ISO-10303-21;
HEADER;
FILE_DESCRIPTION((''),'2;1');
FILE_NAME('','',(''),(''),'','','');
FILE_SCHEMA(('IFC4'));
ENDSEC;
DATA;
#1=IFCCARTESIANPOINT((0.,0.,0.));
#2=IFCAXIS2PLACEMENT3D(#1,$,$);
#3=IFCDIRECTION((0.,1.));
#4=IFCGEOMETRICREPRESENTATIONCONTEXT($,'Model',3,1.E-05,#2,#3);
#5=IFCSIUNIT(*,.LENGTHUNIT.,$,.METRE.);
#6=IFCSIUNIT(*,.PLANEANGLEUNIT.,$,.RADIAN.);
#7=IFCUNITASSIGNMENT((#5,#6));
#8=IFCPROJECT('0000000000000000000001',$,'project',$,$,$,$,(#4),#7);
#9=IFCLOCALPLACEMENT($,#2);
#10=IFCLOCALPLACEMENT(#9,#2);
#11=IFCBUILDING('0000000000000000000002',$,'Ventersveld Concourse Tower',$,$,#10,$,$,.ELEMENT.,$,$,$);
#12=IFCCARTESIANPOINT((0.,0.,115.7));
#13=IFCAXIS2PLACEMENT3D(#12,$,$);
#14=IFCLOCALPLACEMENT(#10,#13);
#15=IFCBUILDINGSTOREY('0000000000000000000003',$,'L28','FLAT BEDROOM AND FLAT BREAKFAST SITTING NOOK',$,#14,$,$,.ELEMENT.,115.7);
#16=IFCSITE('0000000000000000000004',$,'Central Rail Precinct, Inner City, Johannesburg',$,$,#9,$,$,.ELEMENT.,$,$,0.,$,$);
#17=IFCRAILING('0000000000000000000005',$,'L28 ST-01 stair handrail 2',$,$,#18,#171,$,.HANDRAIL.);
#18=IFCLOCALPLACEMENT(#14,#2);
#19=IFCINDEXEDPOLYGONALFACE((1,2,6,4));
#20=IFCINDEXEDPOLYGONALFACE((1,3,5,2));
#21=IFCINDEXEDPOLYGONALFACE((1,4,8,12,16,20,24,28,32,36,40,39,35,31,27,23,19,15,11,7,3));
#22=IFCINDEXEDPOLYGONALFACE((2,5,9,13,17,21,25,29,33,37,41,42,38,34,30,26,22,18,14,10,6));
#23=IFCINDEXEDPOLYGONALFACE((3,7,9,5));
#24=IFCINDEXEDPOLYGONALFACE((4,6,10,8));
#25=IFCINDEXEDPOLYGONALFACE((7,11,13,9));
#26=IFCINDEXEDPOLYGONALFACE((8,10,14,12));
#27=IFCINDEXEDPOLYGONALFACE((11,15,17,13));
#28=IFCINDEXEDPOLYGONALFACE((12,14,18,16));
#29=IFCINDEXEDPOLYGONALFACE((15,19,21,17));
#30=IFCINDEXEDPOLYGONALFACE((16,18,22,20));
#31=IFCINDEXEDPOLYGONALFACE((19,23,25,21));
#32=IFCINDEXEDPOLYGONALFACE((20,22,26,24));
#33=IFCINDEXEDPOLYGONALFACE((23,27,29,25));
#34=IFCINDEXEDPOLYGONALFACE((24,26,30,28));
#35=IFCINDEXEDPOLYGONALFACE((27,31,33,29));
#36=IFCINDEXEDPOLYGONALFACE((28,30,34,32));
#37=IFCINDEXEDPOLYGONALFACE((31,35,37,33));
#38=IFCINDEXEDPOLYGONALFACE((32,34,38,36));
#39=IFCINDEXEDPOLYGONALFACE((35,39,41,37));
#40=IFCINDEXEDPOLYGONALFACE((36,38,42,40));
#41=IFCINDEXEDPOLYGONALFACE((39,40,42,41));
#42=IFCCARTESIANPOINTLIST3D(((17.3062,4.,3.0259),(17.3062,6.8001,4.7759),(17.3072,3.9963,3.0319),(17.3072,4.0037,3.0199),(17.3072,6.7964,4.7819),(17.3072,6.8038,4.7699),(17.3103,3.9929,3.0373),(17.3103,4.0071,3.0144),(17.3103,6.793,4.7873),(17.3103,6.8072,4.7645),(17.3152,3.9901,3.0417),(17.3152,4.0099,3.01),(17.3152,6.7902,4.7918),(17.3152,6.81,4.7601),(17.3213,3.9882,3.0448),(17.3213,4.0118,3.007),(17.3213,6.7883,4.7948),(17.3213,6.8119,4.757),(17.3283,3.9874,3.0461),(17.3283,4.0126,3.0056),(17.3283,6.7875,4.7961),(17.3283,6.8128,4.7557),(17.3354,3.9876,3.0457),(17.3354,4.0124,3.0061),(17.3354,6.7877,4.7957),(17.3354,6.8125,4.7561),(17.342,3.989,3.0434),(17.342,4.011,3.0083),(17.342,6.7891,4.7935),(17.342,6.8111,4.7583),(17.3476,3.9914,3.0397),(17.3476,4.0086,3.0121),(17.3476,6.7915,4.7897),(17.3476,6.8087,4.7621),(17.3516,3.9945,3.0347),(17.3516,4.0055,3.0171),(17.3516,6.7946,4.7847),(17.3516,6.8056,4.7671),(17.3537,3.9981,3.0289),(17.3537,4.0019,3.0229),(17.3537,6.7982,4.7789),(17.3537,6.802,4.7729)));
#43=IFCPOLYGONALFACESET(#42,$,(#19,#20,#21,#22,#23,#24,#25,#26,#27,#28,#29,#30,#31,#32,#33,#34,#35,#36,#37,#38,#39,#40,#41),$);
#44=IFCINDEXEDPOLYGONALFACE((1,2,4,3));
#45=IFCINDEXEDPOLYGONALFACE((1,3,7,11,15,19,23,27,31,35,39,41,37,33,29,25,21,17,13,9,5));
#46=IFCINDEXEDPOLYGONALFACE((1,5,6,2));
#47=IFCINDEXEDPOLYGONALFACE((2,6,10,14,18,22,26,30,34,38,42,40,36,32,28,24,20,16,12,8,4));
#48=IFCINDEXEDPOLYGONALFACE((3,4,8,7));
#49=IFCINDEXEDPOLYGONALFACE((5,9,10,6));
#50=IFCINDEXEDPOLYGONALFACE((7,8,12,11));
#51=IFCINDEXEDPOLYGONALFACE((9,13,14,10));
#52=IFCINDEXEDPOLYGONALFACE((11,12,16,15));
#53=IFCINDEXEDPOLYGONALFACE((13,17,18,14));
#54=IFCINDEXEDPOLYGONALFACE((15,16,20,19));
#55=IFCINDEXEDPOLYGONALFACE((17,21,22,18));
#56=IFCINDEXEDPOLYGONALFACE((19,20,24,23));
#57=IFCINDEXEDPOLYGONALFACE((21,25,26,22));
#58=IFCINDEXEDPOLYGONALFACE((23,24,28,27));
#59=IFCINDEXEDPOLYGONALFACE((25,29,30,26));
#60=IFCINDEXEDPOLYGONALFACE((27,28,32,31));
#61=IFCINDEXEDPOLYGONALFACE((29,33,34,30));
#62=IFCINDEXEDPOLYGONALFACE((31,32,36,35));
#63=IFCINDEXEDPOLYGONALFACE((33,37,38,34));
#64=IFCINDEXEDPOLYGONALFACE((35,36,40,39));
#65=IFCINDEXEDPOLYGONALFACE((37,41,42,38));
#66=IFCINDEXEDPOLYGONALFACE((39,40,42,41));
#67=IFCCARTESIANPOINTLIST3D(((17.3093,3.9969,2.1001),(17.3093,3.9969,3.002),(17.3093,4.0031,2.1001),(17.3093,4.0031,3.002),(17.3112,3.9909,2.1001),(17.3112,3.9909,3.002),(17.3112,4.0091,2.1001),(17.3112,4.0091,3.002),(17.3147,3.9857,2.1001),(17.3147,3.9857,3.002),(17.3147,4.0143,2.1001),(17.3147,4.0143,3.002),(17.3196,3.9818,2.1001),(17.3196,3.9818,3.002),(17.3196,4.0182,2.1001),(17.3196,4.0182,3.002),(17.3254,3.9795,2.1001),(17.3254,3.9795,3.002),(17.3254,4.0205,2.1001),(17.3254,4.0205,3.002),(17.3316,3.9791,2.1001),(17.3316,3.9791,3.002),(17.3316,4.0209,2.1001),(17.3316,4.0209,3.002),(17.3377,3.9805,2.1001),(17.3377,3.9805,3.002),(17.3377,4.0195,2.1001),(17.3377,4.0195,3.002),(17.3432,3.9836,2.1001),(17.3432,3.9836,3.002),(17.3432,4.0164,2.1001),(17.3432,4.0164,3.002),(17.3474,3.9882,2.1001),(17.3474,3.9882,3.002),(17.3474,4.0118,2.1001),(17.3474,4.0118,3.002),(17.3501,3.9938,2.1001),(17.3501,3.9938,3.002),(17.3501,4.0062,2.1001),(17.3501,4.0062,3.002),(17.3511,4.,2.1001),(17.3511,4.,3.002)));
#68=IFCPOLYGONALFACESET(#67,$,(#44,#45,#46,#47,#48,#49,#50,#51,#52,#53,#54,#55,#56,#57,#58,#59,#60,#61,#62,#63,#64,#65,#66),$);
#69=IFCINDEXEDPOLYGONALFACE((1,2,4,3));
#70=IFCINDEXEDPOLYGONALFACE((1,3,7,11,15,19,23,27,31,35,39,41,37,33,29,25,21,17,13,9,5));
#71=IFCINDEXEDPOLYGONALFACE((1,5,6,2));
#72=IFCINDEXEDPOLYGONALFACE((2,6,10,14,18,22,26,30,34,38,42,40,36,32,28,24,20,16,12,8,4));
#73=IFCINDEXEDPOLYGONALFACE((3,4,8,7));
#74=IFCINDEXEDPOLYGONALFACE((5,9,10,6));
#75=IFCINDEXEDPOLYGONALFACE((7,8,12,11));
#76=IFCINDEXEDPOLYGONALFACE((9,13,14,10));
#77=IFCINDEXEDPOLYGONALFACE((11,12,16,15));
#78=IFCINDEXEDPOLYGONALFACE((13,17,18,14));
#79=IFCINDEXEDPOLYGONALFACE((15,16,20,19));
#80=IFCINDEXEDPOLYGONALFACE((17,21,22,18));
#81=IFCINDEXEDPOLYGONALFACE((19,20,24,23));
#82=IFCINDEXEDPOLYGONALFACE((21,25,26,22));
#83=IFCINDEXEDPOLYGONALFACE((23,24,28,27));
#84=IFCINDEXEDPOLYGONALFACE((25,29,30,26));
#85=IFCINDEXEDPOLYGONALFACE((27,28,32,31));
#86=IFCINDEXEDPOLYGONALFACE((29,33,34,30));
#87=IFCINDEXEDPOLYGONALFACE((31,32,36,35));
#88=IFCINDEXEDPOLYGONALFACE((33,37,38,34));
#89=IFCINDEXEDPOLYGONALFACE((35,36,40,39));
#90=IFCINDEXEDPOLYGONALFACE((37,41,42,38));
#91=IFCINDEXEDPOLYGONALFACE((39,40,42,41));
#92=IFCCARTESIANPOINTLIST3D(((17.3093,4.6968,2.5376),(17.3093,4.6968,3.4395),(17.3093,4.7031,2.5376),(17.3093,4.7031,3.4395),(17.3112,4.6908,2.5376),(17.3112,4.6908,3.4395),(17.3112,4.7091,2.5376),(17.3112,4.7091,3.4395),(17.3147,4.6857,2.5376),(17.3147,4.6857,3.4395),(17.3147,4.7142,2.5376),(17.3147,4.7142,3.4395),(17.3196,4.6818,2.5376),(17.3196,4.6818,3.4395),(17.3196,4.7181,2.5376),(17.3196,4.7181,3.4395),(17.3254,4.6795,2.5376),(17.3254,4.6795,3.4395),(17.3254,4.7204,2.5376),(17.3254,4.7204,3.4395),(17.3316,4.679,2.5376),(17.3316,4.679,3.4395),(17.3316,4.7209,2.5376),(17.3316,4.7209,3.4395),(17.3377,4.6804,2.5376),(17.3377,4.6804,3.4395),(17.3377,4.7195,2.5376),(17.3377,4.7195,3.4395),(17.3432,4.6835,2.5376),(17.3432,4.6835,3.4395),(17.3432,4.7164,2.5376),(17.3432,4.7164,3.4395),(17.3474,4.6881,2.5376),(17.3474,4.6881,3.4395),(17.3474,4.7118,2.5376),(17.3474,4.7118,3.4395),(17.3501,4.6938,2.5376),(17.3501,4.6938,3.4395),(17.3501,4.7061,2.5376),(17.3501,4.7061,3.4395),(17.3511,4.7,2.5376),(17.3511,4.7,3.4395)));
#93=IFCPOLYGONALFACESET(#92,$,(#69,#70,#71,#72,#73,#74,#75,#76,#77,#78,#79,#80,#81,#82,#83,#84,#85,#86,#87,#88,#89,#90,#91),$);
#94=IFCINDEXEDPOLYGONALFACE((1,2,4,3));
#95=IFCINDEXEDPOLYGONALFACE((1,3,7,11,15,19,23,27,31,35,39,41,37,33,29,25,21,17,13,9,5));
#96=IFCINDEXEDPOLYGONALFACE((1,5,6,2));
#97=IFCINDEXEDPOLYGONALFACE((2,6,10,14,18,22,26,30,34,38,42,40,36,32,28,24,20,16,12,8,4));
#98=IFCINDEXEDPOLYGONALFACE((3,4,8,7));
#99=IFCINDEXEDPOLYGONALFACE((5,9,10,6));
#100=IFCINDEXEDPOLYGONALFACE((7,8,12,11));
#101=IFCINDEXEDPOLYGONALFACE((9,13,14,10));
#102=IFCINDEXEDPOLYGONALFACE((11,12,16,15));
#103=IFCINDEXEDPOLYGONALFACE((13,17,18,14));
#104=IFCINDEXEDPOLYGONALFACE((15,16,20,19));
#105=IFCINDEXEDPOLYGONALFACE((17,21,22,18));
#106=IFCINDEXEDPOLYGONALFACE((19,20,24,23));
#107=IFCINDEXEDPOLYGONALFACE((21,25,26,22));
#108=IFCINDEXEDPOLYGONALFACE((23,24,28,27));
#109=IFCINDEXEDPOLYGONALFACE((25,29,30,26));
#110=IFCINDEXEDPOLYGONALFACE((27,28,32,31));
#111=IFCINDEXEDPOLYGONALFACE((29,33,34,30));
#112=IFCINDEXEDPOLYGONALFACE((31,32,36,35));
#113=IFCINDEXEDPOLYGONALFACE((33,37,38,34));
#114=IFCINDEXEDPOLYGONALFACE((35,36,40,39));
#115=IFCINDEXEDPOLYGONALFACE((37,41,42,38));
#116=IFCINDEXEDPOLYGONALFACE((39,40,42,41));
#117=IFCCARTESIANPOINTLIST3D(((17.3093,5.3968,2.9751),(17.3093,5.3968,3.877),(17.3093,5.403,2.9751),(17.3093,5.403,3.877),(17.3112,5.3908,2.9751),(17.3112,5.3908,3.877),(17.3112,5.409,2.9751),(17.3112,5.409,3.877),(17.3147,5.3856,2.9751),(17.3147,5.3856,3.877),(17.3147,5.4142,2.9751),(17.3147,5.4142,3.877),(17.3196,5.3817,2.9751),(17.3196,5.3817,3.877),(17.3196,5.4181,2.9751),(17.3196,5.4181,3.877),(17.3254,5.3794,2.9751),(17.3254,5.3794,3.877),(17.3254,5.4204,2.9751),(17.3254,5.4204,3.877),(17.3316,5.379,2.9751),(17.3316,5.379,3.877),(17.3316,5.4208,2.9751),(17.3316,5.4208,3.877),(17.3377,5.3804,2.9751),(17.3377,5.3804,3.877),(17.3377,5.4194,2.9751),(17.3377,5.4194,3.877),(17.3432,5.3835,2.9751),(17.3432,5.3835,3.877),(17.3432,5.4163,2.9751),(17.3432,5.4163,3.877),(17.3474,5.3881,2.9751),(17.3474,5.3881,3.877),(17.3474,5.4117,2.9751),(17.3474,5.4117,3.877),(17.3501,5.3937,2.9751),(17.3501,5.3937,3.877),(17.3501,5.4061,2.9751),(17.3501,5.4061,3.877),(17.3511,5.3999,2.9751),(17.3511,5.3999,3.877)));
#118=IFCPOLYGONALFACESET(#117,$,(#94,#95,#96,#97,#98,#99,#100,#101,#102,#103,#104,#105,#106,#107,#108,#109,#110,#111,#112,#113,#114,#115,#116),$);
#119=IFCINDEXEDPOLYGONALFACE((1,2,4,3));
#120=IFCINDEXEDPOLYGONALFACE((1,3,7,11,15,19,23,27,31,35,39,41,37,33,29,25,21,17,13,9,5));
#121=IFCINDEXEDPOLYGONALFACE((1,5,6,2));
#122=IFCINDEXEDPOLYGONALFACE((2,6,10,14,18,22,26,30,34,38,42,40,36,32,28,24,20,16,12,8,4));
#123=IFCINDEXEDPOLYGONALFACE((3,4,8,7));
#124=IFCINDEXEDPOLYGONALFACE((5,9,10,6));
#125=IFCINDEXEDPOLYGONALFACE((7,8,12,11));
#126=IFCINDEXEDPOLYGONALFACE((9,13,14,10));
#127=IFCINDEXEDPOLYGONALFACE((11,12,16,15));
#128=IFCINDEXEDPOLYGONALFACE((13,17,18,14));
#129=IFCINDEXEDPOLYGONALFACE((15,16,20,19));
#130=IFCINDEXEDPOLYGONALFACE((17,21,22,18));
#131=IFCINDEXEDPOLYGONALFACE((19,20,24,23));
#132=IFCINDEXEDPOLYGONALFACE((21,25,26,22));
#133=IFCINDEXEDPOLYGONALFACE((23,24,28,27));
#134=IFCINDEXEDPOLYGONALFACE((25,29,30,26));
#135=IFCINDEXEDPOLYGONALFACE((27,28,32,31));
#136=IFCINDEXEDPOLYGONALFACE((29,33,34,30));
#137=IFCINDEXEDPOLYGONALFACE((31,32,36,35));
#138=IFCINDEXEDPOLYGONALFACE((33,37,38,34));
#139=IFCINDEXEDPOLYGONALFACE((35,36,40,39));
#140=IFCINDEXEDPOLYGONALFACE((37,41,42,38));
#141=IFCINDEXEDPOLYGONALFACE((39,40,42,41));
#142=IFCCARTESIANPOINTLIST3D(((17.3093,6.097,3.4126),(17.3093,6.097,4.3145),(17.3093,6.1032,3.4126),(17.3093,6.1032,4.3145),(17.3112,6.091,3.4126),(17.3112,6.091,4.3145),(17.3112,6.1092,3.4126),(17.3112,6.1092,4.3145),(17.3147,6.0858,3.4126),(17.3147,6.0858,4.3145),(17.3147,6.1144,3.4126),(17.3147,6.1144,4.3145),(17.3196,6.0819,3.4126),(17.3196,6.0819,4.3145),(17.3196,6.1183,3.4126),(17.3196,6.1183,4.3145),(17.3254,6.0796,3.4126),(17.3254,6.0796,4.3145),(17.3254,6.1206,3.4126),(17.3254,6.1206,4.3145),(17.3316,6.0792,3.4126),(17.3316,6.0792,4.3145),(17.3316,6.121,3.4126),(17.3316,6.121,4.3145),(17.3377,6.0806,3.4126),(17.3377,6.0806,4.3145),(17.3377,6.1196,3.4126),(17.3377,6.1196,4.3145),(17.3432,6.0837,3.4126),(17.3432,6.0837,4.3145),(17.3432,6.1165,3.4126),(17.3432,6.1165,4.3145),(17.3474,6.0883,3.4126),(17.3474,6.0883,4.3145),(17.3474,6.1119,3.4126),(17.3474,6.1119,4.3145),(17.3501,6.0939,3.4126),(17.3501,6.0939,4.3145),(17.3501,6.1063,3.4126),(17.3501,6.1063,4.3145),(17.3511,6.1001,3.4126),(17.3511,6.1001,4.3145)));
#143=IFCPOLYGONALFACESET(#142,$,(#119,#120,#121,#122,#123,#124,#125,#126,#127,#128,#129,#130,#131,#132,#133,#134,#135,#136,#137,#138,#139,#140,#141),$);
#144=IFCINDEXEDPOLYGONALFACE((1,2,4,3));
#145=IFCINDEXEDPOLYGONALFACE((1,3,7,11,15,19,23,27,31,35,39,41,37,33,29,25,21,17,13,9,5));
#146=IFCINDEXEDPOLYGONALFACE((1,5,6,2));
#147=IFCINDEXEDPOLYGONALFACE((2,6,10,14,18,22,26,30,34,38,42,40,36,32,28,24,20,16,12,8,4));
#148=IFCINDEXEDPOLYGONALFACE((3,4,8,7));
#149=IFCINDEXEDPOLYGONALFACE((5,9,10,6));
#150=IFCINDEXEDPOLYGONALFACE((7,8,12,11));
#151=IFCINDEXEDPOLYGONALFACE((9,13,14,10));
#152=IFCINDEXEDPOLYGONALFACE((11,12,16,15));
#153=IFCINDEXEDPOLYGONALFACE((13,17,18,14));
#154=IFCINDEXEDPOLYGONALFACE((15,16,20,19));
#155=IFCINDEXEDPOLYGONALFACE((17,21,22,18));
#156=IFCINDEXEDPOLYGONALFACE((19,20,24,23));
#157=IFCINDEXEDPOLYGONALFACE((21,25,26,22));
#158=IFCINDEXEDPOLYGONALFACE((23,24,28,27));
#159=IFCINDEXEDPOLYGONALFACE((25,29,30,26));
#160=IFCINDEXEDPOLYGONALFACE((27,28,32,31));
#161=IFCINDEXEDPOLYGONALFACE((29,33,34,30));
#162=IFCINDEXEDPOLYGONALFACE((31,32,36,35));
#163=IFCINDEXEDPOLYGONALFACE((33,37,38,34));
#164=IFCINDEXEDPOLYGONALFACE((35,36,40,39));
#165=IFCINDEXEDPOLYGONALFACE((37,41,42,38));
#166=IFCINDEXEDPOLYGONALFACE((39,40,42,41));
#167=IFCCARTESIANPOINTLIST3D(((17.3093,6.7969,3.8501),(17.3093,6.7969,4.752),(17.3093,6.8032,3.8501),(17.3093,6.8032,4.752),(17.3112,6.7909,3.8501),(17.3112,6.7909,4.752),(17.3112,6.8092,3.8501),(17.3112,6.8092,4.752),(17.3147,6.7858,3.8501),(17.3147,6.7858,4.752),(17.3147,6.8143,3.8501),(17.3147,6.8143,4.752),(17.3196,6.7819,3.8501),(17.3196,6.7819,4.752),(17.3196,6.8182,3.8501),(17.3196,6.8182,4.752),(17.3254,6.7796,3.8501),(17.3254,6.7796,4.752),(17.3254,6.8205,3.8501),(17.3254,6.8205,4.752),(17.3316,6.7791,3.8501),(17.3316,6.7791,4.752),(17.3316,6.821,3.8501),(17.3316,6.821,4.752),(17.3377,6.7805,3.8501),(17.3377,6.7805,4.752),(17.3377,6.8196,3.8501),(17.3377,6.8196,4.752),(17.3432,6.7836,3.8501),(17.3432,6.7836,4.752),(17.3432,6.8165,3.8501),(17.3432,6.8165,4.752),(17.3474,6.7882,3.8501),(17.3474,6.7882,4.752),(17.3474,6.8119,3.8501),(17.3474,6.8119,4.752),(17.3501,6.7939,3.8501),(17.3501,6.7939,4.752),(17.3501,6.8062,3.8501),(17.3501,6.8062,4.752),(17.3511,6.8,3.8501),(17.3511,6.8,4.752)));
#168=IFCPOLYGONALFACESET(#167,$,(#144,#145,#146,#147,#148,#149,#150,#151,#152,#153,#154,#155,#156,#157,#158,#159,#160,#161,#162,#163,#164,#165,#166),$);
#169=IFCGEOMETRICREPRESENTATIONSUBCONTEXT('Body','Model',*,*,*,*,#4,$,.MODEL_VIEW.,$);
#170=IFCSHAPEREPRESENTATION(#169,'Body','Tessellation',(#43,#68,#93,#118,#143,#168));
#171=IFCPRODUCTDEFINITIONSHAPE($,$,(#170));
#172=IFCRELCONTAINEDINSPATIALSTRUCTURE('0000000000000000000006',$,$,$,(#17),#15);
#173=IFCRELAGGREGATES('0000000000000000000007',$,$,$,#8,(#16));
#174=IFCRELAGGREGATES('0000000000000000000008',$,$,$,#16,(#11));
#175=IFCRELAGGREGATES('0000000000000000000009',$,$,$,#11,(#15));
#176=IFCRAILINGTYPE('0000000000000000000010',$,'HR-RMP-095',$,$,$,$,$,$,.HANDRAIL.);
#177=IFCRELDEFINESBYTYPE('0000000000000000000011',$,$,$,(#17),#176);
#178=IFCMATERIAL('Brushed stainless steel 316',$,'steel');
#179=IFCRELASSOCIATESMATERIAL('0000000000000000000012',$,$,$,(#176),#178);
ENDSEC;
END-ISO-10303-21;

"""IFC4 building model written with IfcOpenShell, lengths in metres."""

from ifc_helpers import new_model, si_unit, direction, frame, origin, origin_2d, place, context, subcontext, project, spatial, circle, extrude, material, type_object, element, save


model = new_model("IFC4")

# Units and contexts
model_context = context("Model", 3, precision=1e-05, world=origin(), true_north=direction((0.0, 1.0)))
body_context = subcontext(model_context, "Body", "Model", "MODEL_VIEW")
ifc_project = project(units=[si_unit("LENGTHUNIT", "METRE"), si_unit("PLANEANGLEUNIT", "RADIAN")], contexts=[model_context])

# Site, building, storey
site_placement = place(None, origin())
site = spatial("IfcSite", under=ifc_project, at=site_placement, Name="Central Rail Precinct, Inner City, Johannesburg", CompositionType="ELEMENT", RefElevation=0.0)
building_placement = place(site_placement, origin())
building = spatial("IfcBuilding", under=site, at=building_placement, Name="Ventersveld Concourse Tower", CompositionType="ELEMENT")
storey_placement = place(building_placement, frame((0.0, 0.0, 115.7)))
storey = spatial("IfcBuildingStorey", under=building, at=storey_placement, Name="L28", Description="FLAT BEDROOM AND FLAT BREAKFAST SITTING NOOK", CompositionType="ELEMENT", Elevation=115.7)

# Shared definitions
ifc_material_1 = material(Name="Brushed stainless steel 316", Category="steel")

# Railing
railing_type = type_object("IfcRailingType", Name="HR-RMP-095", PredefinedType="HANDRAIL", material=ifc_material_1)
railing_placement = place(storey_placement, frame((17.3301, 4.0, 2.1001)))
element("IfcRailing", 1, at=railing_placement, inside=storey, type_object=railing_type, Name="L28 ST-01 stair handrail 2", PredefinedType="HANDRAIL", context=body_context, shape_type="SweptSolid", body=[
    extrude(circle(Radius=0.0239, at=origin_2d()), frame((0.0, 0.0, 0.9258), z_axis=(0.0, 0.848002, 0.529992), x_axis=(-1.0, 0.0, 0.0)), (0.0, 0.0, 1.0), 3.302),
    extrude(circle(Radius=0.021, at=origin_2d()), origin(), (0.0, 0.0, 1.0), 0.9019),
    extrude(circle(Radius=0.021, at=origin_2d()), frame((0.0, 0.7, 0.4375)), (0.0, 0.0, 1.0), 0.9019),
    extrude(circle(Radius=0.021, at=origin_2d()), frame((0.0, 1.3999, 0.875)), (0.0, 0.0, 1.0), 0.9019),
    extrude(circle(Radius=0.021, at=origin_2d()), frame((0.0, 2.1001, 1.3125)), (0.0, 0.0, 1.0), 0.9019),
    extrude(circle(Radius=0.021, at=origin_2d()), frame((0.0, 2.8, 1.75)), (0.0, 0.0, 1.0), 0.9019),
])

save(model, "model.ifc")
